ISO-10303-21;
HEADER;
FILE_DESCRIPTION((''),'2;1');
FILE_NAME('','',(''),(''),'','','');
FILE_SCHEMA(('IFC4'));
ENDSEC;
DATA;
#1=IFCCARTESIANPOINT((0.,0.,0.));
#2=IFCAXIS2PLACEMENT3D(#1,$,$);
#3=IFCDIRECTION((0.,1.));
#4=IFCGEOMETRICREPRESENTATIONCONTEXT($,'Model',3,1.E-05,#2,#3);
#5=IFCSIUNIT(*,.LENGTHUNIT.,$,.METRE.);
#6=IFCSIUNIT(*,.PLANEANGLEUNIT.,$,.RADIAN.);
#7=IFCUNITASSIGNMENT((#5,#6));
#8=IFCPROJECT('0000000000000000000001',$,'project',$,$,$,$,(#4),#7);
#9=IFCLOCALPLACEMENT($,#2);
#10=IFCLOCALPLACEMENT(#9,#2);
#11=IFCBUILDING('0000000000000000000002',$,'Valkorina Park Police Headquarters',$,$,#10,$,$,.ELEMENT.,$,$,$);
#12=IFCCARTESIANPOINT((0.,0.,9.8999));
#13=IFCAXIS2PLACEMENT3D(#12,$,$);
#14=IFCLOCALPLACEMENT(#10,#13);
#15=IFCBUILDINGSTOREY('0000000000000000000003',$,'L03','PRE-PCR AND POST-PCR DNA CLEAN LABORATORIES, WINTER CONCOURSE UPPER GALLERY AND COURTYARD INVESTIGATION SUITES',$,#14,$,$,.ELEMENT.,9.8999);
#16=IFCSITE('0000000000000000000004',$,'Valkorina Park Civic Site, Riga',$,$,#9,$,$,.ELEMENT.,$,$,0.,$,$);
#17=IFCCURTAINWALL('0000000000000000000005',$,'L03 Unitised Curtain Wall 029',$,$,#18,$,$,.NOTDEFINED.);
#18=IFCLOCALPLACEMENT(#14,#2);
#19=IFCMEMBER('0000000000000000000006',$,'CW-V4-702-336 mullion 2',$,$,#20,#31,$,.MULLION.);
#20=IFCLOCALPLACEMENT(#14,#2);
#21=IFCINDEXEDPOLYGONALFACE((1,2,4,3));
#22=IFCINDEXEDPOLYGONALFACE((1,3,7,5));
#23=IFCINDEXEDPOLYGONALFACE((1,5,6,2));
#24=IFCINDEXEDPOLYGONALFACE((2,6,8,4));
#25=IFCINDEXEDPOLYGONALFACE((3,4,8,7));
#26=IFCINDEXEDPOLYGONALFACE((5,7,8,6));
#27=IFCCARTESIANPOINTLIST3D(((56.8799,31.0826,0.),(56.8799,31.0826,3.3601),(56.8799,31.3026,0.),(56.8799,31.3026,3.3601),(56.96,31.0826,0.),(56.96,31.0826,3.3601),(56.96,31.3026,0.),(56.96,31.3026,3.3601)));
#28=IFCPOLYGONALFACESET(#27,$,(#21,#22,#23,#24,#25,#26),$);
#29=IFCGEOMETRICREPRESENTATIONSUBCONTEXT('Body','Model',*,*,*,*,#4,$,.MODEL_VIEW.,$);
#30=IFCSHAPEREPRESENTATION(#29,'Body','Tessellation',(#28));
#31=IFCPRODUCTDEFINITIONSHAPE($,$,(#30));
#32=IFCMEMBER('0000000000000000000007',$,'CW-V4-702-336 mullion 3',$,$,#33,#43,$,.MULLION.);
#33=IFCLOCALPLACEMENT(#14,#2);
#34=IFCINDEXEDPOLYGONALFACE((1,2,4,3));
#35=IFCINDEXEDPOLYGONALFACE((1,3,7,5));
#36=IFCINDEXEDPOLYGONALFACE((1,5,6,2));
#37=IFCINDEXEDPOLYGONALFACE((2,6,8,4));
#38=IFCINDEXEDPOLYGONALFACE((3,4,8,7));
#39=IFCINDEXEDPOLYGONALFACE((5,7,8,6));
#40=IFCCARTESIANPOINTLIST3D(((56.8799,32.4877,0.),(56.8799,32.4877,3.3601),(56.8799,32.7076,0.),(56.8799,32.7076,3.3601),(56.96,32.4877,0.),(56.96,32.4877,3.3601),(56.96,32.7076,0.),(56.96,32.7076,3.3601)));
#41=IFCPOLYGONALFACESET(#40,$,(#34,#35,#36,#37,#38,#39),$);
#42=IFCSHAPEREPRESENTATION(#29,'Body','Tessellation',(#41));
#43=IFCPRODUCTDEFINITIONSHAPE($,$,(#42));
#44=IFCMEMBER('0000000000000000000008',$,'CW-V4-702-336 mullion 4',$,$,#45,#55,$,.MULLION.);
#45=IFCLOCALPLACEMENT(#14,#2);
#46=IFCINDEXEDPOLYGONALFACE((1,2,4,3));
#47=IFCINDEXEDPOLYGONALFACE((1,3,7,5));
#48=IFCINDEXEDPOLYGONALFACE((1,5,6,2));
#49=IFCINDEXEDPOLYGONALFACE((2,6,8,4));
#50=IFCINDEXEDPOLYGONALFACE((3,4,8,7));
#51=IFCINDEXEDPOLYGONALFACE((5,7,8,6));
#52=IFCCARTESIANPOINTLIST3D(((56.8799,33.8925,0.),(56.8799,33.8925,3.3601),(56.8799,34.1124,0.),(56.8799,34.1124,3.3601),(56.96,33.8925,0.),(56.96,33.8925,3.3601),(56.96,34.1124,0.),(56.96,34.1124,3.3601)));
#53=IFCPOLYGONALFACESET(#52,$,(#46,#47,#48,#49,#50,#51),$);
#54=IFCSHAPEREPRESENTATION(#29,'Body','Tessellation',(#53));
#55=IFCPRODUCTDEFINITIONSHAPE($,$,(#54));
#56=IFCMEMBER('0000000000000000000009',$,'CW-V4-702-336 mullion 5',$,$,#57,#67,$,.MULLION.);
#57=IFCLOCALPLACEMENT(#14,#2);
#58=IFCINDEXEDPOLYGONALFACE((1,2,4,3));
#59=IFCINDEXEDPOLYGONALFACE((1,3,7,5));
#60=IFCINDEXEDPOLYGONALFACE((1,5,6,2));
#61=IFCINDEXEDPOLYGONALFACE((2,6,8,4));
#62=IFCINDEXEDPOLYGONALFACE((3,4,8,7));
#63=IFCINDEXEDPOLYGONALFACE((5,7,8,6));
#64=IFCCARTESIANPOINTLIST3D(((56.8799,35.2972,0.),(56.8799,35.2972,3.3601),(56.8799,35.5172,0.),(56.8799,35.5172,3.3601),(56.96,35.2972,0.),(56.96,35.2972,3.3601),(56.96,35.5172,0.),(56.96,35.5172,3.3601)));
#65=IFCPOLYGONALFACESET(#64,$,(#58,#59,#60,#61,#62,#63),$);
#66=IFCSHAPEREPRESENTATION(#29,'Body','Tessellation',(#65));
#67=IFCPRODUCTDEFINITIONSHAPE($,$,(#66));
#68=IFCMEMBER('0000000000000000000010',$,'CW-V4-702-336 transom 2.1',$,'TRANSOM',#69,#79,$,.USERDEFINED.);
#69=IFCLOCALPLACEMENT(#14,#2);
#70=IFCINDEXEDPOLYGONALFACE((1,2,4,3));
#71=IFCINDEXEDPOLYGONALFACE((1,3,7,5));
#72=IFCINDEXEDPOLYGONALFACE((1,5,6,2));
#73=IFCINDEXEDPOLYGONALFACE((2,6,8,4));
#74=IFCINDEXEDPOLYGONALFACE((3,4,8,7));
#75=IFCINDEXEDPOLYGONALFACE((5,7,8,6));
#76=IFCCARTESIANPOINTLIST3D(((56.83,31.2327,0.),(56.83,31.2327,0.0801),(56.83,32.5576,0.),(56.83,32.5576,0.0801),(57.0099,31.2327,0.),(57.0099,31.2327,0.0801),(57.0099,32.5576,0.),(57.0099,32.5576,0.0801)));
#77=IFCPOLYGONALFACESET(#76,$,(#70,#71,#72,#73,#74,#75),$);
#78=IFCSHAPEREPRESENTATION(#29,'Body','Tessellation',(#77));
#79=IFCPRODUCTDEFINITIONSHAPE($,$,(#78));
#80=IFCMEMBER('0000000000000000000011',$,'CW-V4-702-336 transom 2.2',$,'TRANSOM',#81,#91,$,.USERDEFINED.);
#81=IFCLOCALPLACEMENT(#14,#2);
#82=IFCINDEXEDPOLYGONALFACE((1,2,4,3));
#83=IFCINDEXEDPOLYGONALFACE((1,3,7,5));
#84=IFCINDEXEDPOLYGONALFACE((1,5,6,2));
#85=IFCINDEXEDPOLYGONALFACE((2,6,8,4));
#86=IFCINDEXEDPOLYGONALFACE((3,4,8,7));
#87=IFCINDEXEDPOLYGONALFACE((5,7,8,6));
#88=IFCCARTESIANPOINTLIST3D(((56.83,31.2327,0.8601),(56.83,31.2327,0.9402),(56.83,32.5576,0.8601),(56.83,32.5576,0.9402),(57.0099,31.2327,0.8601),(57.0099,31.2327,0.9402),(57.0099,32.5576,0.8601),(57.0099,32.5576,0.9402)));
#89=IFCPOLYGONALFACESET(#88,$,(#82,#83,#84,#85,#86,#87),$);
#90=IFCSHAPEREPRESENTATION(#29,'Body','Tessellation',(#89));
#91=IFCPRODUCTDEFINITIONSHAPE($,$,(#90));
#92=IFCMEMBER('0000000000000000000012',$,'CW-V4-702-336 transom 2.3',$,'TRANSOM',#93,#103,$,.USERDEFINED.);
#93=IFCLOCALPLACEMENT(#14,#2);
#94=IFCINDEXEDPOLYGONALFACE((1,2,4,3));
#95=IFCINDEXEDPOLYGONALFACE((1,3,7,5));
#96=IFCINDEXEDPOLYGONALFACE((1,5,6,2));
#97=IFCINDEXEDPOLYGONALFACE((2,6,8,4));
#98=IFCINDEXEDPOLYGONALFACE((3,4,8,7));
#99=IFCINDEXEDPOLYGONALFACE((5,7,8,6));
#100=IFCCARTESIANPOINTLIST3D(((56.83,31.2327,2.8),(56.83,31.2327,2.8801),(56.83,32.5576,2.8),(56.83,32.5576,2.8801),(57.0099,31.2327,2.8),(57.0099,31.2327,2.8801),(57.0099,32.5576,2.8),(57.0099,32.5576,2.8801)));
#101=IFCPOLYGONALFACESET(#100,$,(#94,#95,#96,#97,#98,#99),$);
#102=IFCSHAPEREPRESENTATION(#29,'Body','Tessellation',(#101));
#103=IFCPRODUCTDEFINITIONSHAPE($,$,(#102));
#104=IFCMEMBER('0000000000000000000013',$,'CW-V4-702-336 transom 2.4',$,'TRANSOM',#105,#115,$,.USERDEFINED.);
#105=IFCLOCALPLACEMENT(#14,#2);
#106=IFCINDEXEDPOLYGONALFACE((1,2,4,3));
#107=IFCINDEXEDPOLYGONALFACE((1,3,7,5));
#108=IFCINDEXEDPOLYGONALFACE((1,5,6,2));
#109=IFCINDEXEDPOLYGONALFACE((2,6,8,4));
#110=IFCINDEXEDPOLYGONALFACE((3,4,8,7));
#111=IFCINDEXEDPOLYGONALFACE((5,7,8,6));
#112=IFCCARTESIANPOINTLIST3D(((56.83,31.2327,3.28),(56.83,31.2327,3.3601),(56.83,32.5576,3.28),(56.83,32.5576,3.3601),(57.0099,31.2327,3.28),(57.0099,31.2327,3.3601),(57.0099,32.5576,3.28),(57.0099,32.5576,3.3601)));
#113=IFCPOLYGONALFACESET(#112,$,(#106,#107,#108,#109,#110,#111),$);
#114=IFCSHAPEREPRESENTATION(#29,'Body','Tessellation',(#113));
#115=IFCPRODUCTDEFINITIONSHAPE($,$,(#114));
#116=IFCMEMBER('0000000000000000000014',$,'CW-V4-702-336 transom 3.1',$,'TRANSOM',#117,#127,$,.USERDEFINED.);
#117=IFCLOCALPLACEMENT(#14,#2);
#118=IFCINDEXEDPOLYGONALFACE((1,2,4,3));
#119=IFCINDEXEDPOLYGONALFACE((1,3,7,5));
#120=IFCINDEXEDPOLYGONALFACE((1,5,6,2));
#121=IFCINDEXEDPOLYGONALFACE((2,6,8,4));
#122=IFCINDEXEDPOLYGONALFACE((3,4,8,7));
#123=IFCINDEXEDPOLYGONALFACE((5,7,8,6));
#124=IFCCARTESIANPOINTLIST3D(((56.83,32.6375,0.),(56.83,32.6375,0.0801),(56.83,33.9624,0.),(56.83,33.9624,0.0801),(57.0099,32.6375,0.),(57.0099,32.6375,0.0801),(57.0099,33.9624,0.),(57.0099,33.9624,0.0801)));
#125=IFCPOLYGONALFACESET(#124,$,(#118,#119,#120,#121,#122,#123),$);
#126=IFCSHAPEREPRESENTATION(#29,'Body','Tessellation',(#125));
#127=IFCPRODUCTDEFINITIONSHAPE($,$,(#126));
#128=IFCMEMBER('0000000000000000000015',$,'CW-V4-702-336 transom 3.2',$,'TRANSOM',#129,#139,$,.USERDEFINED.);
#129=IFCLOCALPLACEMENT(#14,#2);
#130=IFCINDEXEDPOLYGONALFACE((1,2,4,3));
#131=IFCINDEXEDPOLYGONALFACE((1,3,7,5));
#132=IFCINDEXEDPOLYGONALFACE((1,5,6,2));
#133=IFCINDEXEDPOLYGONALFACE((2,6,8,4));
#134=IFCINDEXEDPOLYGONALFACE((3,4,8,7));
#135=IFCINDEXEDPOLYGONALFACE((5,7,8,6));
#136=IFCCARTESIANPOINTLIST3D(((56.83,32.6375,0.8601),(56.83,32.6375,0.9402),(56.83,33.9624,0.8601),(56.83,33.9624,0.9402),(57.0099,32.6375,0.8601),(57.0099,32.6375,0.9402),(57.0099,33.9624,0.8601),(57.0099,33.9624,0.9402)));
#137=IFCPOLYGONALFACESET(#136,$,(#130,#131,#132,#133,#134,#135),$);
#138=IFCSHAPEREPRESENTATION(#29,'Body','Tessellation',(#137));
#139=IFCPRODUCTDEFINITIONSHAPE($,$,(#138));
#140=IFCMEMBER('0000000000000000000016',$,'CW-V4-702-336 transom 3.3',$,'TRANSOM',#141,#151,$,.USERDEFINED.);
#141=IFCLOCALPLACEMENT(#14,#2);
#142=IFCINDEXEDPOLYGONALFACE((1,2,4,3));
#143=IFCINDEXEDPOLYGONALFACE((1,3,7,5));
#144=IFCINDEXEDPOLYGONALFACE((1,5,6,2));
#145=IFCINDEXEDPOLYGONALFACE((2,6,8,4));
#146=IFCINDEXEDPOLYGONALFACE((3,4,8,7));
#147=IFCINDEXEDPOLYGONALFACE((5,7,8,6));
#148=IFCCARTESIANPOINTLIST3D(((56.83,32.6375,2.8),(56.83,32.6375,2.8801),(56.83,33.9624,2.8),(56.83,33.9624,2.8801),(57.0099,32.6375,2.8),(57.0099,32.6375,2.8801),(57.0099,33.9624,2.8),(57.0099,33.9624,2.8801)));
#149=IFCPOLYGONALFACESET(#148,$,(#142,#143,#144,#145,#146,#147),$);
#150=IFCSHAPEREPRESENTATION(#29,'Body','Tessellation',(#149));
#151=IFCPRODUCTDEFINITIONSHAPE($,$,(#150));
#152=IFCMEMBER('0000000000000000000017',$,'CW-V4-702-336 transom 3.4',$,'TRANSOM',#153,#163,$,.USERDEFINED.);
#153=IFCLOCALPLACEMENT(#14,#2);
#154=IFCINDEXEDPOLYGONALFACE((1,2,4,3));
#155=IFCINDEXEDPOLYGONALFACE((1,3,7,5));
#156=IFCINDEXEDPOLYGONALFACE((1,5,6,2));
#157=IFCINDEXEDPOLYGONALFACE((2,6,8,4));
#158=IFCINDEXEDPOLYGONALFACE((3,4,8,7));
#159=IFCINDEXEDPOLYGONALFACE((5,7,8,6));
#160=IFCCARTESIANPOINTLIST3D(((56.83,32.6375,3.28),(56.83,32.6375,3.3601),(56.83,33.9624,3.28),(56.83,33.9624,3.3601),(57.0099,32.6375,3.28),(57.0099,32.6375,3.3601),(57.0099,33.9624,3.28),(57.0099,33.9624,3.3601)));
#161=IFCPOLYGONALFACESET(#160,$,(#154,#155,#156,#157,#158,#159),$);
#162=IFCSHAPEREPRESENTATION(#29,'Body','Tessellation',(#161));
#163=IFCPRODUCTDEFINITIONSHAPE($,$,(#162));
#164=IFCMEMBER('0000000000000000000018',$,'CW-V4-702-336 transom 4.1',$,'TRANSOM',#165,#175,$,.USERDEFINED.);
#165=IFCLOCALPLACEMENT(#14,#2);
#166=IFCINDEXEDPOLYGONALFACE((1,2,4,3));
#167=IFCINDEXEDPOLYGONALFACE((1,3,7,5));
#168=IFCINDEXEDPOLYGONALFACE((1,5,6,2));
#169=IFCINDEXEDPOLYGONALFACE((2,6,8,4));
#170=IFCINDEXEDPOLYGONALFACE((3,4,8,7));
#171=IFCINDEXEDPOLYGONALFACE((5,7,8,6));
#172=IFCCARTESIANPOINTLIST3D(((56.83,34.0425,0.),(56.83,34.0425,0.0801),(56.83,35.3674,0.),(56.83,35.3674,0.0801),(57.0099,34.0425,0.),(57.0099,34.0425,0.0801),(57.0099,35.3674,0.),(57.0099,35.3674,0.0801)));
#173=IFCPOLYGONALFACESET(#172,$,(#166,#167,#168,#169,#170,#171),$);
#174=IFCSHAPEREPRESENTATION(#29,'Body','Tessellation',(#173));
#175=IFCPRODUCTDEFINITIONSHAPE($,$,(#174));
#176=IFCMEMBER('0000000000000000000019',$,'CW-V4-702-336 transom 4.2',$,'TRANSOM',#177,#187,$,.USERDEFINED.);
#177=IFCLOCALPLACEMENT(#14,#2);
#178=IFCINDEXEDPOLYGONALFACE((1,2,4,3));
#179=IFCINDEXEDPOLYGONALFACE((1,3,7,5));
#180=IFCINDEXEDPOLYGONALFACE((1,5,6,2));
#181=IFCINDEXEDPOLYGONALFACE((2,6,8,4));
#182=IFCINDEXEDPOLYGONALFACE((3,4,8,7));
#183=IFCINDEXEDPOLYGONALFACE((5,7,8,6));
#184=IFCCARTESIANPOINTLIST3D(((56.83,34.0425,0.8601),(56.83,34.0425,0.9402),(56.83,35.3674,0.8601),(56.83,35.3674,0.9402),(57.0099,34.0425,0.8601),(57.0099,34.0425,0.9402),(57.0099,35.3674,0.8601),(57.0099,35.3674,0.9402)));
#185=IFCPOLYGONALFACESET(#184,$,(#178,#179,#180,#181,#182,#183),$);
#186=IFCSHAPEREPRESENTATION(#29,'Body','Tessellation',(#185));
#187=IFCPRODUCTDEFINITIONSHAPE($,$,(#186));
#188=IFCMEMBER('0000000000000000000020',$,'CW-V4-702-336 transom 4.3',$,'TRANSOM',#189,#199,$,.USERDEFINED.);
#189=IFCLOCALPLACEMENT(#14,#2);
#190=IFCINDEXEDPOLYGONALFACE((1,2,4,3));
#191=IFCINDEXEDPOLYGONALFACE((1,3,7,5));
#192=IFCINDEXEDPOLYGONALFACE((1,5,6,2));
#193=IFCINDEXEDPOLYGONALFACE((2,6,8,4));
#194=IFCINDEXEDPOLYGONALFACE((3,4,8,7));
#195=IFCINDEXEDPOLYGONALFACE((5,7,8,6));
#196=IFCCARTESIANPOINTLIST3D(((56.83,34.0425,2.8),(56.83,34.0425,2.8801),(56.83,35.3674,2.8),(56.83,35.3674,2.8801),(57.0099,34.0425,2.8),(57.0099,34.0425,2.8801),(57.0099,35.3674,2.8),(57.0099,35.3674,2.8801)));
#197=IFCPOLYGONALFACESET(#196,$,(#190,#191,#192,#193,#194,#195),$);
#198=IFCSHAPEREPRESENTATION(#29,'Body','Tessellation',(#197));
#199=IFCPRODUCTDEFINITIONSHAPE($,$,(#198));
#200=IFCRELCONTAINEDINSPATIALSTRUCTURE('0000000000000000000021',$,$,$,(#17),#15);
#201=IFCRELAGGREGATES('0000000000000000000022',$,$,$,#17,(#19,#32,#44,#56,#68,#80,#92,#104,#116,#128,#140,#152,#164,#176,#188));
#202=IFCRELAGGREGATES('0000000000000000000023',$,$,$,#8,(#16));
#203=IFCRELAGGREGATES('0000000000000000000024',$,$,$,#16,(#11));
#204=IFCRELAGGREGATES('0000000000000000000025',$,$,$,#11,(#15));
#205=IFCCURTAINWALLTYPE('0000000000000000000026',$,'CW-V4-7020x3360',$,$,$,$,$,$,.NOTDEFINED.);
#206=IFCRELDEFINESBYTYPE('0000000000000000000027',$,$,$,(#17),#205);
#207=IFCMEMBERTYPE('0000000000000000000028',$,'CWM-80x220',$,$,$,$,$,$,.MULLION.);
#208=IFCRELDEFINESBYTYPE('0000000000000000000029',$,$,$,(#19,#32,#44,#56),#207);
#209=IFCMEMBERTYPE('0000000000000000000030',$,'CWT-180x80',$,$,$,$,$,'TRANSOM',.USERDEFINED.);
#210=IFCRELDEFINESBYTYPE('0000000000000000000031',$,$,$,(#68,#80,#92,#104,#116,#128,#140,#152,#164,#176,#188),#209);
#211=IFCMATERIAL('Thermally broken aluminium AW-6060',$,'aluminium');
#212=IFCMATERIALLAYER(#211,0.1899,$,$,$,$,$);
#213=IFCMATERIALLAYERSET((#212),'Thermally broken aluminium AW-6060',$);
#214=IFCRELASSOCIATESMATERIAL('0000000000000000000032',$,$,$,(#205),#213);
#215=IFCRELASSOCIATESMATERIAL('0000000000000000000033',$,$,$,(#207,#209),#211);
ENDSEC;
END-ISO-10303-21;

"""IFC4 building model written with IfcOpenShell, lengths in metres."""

from ifc_helpers import new_model, si_unit, direction, frame, origin, origin_2d, place, context, subcontext, project, spatial, rectangle, extrude, material, layer, layer_set, material_profile, profile_set, type_object, element, aggregate, save


model = new_model("IFC4")

# Units and contexts
model_context = context("Model", 3, precision=1e-05, world=origin(), true_north=direction((0.0, 1.0)))
body_context = subcontext(model_context, "Body", "Model", "MODEL_VIEW")
ifc_project = project(units=[si_unit("LENGTHUNIT", "METRE"), si_unit("PLANEANGLEUNIT", "RADIAN")], contexts=[model_context])

# Site, building, storey
site_placement = place(None, origin())
site = spatial("IfcSite", under=ifc_project, at=site_placement, Name="Valkorina Park Civic Site, Riga", CompositionType="ELEMENT", RefElevation=0.0)
building_placement = place(site_placement, origin())
building = spatial("IfcBuilding", under=site, at=building_placement, Name="Valkorina Park Police Headquarters", CompositionType="ELEMENT")
storey_placement = place(building_placement, frame((0.0, 0.0, 9.8999)))
storey = spatial("IfcBuildingStorey", under=building, at=storey_placement, Name="L03", Description="PRE-PCR AND POST-PCR DNA CLEAN LABORATORIES, WINTER CONCOURSE UPPER GALLERY AND COURTYARD INVESTIGATION SUITES", CompositionType="ELEMENT", Elevation=9.8999)

# Curtain wall, members
ifc_material_1 = material(Name="Thermally broken aluminium AW-6060", Category="aluminium")
ifc_layer_1 = layer(ifc_material_1, 0.1899)
ifc_layer_set_1 = layer_set([ifc_layer_1], Name="Thermally broken aluminium AW-6060")
curtain_wall_type = type_object("IfcCurtainWallType", Name="CW-V4-7020x3360", PredefinedType="NOTDEFINED", material=ifc_layer_set_1)
curtain_wall_placement = place(storey_placement, origin())
curtain_wall = element("IfcCurtainWall", 1, at=curtain_wall_placement, inside=storey, type_object=curtain_wall_type, Name="L03 Unitised Curtain Wall 029", PredefinedType="NOTDEFINED")
ifc_material_profile_1 = material_profile(ifc_material_1, rectangle(XDim=0.0801, YDim=0.22, at=origin_2d()), Name="CWM-03 80x220")
ifc_profile_set_1 = profile_set([ifc_material_profile_1], Name="Thermally broken aluminium AW-6060")
member_type_1 = type_object("IfcMemberType", Name="CWM-80x220", PredefinedType="MULLION", material=ifc_profile_set_1)
member_1_placement = place(storey_placement, frame((56.9199, 31.1926, 0.0), z_axis=(0.0, 0.0, 1.0), x_axis=(-1.0, 0.0, 0.0)))
member_1 = element("IfcMember", 2, at=member_1_placement, type_object=member_type_1, Name="CW-V4-702-336 mullion 2", PredefinedType="MULLION", context=body_context, shape_type="SweptSolid", body=[
    extrude(rectangle(XDim=0.0801, YDim=0.22, at=origin_2d()), origin(), (0.0, 0.0, 1.0), 3.3601),
])
member_2_placement = place(storey_placement, frame((56.9199, 32.5977, 0.0), z_axis=(0.0, 0.0, 1.0), x_axis=(-1.0, 0.0, 0.0)))
member_2 = element("IfcMember", 3, at=member_2_placement, type_object=member_type_1, Name="CW-V4-702-336 mullion 3", PredefinedType="MULLION", context=body_context, shape_type="SweptSolid", body=[
    extrude(rectangle(XDim=0.0801, YDim=0.22, at=origin_2d()), origin(), (0.0, 0.0, 1.0), 3.3601),
])
member_3_placement = place(storey_placement, frame((56.9199, 34.0024, 0.0), z_axis=(0.0, 0.0, 1.0), x_axis=(-1.0, 0.0, 0.0)))
member_3 = element("IfcMember", 4, at=member_3_placement, type_object=member_type_1, Name="CW-V4-702-336 mullion 4", PredefinedType="MULLION", context=body_context, shape_type="SweptSolid", body=[
    extrude(rectangle(XDim=0.0801, YDim=0.22, at=origin_2d()), origin(), (0.0, 0.0, 1.0), 3.3601),
])
member_4_placement = place(storey_placement, frame((56.9199, 35.4072, 0.0), z_axis=(0.0, 0.0, 1.0), x_axis=(-1.0, 0.0, 0.0)))
member_4 = element("IfcMember", 5, at=member_4_placement, type_object=member_type_1, Name="CW-V4-702-336 mullion 5", PredefinedType="MULLION", context=body_context, shape_type="SweptSolid", body=[
    extrude(rectangle(XDim=0.0801, YDim=0.22, at=origin_2d()), origin(), (0.0, 0.0, 1.0), 3.3601),
])
ifc_material_profile_2 = material_profile(ifc_material_1, rectangle(XDim=0.1799, YDim=0.0801, at=origin_2d()), Name="CWT-03 180x80")
ifc_profile_set_2 = profile_set([ifc_material_profile_2], Name="Thermally broken aluminium AW-6060")
member_type_2 = type_object("IfcMemberType", Name="CWT-180x80", ElementType="TRANSOM", PredefinedType="USERDEFINED", material=ifc_profile_set_2)
member_5_placement = place(storey_placement, frame((56.9199, 31.2327, 0.04), z_axis=(0.0, 1.0, 0.0), x_axis=(-1.0, 0.0, 0.0)))
member_5 = element("IfcMember", 6, at=member_5_placement, type_object=member_type_2, Name="CW-V4-702-336 transom 2.1", ObjectType="TRANSOM", PredefinedType="USERDEFINED", context=body_context, shape_type="SweptSolid", body=[
    extrude(rectangle(XDim=0.1799, YDim=0.0801, at=origin_2d()), origin(), (0.0, 0.0, 1.0), 1.325),
])
member_6_placement = place(storey_placement, frame((56.9199, 31.2327, 0.9001), z_axis=(0.0, 1.0, 0.0), x_axis=(-1.0, 0.0, 0.0)))
member_6 = element("IfcMember", 7, at=member_6_placement, type_object=member_type_2, Name="CW-V4-702-336 transom 2.2", ObjectType="TRANSOM", PredefinedType="USERDEFINED", context=body_context, shape_type="SweptSolid", body=[
    extrude(rectangle(XDim=0.1799, YDim=0.0801, at=origin_2d()), origin(), (0.0, 0.0, 1.0), 1.325),
])
member_7_placement = place(storey_placement, frame((56.9199, 31.2327, 2.8401), z_axis=(0.0, 1.0, 0.0), x_axis=(-1.0, 0.0, 0.0)))
member_7 = element("IfcMember", 8, at=member_7_placement, type_object=member_type_2, Name="CW-V4-702-336 transom 2.3", ObjectType="TRANSOM", PredefinedType="USERDEFINED", context=body_context, shape_type="SweptSolid", body=[
    extrude(rectangle(XDim=0.1799, YDim=0.0801, at=origin_2d()), origin(), (0.0, 0.0, 1.0), 1.325),
])
member_8_placement = place(storey_placement, frame((56.9199, 31.2327, 3.3201), z_axis=(0.0, 1.0, 0.0), x_axis=(-1.0, 0.0, 0.0)))
member_8 = element("IfcMember", 9, at=member_8_placement, type_object=member_type_2, Name="CW-V4-702-336 transom 2.4", ObjectType="TRANSOM", PredefinedType="USERDEFINED", context=body_context, shape_type="SweptSolid", body=[
    extrude(rectangle(XDim=0.1799, YDim=0.0801, at=origin_2d()), origin(), (0.0, 0.0, 1.0), 1.325),
])
member_9_placement = place(storey_placement, frame((56.9199, 32.6375, 0.04), z_axis=(0.0, 1.0, 0.0), x_axis=(-1.0, 0.0, 0.0)))
member_9 = element("IfcMember", 10, at=member_9_placement, type_object=member_type_2, Name="CW-V4-702-336 transom 3.1", ObjectType="TRANSOM", PredefinedType="USERDEFINED", context=body_context, shape_type="SweptSolid", body=[
    extrude(rectangle(XDim=0.1799, YDim=0.0801, at=origin_2d()), origin(), (0.0, 0.0, 1.0), 1.325),
])
member_10_placement = place(storey_placement, frame((56.9199, 32.6375, 0.9001), z_axis=(0.0, 1.0, 0.0), x_axis=(-1.0, 0.0, 0.0)))
member_10 = element("IfcMember", 11, at=member_10_placement, type_object=member_type_2, Name="CW-V4-702-336 transom 3.2", ObjectType="TRANSOM", PredefinedType="USERDEFINED", context=body_context, shape_type="SweptSolid", body=[
    extrude(rectangle(XDim=0.1799, YDim=0.0801, at=origin_2d()), origin(), (0.0, 0.0, 1.0), 1.325),
])
member_11_placement = place(storey_placement, frame((56.9199, 32.6375, 2.8401), z_axis=(0.0, 1.0, 0.0), x_axis=(-1.0, 0.0, 0.0)))
member_11 = element("IfcMember", 12, at=member_11_placement, type_object=member_type_2, Name="CW-V4-702-336 transom 3.3", ObjectType="TRANSOM", PredefinedType="USERDEFINED", context=body_context, shape_type="SweptSolid", body=[
    extrude(rectangle(XDim=0.1799, YDim=0.0801, at=origin_2d()), origin(), (0.0, 0.0, 1.0), 1.325),
])
member_12_placement = place(storey_placement, frame((56.9199, 32.6375, 3.3201), z_axis=(0.0, 1.0, 0.0), x_axis=(-1.0, 0.0, 0.0)))
member_12 = element("IfcMember", 13, at=member_12_placement, type_object=member_type_2, Name="CW-V4-702-336 transom 3.4", ObjectType="TRANSOM", PredefinedType="USERDEFINED", context=body_context, shape_type="SweptSolid", body=[
    extrude(rectangle(XDim=0.1799, YDim=0.0801, at=origin_2d()), origin(), (0.0, 0.0, 1.0), 1.325),
])
member_13_placement = place(storey_placement, frame((56.9199, 34.0425, 0.04), z_axis=(0.0, 1.0, 0.0), x_axis=(-1.0, 0.0, 0.0)))
member_13 = element("IfcMember", 14, at=member_13_placement, type_object=member_type_2, Name="CW-V4-702-336 transom 4.1", ObjectType="TRANSOM", PredefinedType="USERDEFINED", context=body_context, shape_type="SweptSolid", body=[
    extrude(rectangle(XDim=0.1799, YDim=0.0801, at=origin_2d()), origin(), (0.0, 0.0, 1.0), 1.325),
])
member_14_placement = place(storey_placement, frame((56.9199, 34.0425, 0.9001), z_axis=(0.0, 1.0, 0.0), x_axis=(-1.0, 0.0, 0.0)))
member_14 = element("IfcMember", 15, at=member_14_placement, type_object=member_type_2, Name="CW-V4-702-336 transom 4.2", ObjectType="TRANSOM", PredefinedType="USERDEFINED", context=body_context, shape_type="SweptSolid", body=[
    extrude(rectangle(XDim=0.1799, YDim=0.0801, at=origin_2d()), origin(), (0.0, 0.0, 1.0), 1.325),
])
member_15_placement = place(storey_placement, frame((56.9199, 34.0425, 2.8401), z_axis=(0.0, 1.0, 0.0), x_axis=(-1.0, 0.0, 0.0)))
member_15 = element("IfcMember", 16, at=member_15_placement, type_object=member_type_2, Name="CW-V4-702-336 transom 4.3", ObjectType="TRANSOM", PredefinedType="USERDEFINED", context=body_context, shape_type="SweptSolid", body=[
    extrude(rectangle(XDim=0.1799, YDim=0.0801, at=origin_2d()), origin(), (0.0, 0.0, 1.0), 1.325),
])
aggregate(curtain_wall, [member_1, member_2, member_3, member_4, member_5, member_6, member_7, member_8, member_9, member_10, member_11, member_12, member_13, member_14, member_15])

save(model, "model.ifc")
